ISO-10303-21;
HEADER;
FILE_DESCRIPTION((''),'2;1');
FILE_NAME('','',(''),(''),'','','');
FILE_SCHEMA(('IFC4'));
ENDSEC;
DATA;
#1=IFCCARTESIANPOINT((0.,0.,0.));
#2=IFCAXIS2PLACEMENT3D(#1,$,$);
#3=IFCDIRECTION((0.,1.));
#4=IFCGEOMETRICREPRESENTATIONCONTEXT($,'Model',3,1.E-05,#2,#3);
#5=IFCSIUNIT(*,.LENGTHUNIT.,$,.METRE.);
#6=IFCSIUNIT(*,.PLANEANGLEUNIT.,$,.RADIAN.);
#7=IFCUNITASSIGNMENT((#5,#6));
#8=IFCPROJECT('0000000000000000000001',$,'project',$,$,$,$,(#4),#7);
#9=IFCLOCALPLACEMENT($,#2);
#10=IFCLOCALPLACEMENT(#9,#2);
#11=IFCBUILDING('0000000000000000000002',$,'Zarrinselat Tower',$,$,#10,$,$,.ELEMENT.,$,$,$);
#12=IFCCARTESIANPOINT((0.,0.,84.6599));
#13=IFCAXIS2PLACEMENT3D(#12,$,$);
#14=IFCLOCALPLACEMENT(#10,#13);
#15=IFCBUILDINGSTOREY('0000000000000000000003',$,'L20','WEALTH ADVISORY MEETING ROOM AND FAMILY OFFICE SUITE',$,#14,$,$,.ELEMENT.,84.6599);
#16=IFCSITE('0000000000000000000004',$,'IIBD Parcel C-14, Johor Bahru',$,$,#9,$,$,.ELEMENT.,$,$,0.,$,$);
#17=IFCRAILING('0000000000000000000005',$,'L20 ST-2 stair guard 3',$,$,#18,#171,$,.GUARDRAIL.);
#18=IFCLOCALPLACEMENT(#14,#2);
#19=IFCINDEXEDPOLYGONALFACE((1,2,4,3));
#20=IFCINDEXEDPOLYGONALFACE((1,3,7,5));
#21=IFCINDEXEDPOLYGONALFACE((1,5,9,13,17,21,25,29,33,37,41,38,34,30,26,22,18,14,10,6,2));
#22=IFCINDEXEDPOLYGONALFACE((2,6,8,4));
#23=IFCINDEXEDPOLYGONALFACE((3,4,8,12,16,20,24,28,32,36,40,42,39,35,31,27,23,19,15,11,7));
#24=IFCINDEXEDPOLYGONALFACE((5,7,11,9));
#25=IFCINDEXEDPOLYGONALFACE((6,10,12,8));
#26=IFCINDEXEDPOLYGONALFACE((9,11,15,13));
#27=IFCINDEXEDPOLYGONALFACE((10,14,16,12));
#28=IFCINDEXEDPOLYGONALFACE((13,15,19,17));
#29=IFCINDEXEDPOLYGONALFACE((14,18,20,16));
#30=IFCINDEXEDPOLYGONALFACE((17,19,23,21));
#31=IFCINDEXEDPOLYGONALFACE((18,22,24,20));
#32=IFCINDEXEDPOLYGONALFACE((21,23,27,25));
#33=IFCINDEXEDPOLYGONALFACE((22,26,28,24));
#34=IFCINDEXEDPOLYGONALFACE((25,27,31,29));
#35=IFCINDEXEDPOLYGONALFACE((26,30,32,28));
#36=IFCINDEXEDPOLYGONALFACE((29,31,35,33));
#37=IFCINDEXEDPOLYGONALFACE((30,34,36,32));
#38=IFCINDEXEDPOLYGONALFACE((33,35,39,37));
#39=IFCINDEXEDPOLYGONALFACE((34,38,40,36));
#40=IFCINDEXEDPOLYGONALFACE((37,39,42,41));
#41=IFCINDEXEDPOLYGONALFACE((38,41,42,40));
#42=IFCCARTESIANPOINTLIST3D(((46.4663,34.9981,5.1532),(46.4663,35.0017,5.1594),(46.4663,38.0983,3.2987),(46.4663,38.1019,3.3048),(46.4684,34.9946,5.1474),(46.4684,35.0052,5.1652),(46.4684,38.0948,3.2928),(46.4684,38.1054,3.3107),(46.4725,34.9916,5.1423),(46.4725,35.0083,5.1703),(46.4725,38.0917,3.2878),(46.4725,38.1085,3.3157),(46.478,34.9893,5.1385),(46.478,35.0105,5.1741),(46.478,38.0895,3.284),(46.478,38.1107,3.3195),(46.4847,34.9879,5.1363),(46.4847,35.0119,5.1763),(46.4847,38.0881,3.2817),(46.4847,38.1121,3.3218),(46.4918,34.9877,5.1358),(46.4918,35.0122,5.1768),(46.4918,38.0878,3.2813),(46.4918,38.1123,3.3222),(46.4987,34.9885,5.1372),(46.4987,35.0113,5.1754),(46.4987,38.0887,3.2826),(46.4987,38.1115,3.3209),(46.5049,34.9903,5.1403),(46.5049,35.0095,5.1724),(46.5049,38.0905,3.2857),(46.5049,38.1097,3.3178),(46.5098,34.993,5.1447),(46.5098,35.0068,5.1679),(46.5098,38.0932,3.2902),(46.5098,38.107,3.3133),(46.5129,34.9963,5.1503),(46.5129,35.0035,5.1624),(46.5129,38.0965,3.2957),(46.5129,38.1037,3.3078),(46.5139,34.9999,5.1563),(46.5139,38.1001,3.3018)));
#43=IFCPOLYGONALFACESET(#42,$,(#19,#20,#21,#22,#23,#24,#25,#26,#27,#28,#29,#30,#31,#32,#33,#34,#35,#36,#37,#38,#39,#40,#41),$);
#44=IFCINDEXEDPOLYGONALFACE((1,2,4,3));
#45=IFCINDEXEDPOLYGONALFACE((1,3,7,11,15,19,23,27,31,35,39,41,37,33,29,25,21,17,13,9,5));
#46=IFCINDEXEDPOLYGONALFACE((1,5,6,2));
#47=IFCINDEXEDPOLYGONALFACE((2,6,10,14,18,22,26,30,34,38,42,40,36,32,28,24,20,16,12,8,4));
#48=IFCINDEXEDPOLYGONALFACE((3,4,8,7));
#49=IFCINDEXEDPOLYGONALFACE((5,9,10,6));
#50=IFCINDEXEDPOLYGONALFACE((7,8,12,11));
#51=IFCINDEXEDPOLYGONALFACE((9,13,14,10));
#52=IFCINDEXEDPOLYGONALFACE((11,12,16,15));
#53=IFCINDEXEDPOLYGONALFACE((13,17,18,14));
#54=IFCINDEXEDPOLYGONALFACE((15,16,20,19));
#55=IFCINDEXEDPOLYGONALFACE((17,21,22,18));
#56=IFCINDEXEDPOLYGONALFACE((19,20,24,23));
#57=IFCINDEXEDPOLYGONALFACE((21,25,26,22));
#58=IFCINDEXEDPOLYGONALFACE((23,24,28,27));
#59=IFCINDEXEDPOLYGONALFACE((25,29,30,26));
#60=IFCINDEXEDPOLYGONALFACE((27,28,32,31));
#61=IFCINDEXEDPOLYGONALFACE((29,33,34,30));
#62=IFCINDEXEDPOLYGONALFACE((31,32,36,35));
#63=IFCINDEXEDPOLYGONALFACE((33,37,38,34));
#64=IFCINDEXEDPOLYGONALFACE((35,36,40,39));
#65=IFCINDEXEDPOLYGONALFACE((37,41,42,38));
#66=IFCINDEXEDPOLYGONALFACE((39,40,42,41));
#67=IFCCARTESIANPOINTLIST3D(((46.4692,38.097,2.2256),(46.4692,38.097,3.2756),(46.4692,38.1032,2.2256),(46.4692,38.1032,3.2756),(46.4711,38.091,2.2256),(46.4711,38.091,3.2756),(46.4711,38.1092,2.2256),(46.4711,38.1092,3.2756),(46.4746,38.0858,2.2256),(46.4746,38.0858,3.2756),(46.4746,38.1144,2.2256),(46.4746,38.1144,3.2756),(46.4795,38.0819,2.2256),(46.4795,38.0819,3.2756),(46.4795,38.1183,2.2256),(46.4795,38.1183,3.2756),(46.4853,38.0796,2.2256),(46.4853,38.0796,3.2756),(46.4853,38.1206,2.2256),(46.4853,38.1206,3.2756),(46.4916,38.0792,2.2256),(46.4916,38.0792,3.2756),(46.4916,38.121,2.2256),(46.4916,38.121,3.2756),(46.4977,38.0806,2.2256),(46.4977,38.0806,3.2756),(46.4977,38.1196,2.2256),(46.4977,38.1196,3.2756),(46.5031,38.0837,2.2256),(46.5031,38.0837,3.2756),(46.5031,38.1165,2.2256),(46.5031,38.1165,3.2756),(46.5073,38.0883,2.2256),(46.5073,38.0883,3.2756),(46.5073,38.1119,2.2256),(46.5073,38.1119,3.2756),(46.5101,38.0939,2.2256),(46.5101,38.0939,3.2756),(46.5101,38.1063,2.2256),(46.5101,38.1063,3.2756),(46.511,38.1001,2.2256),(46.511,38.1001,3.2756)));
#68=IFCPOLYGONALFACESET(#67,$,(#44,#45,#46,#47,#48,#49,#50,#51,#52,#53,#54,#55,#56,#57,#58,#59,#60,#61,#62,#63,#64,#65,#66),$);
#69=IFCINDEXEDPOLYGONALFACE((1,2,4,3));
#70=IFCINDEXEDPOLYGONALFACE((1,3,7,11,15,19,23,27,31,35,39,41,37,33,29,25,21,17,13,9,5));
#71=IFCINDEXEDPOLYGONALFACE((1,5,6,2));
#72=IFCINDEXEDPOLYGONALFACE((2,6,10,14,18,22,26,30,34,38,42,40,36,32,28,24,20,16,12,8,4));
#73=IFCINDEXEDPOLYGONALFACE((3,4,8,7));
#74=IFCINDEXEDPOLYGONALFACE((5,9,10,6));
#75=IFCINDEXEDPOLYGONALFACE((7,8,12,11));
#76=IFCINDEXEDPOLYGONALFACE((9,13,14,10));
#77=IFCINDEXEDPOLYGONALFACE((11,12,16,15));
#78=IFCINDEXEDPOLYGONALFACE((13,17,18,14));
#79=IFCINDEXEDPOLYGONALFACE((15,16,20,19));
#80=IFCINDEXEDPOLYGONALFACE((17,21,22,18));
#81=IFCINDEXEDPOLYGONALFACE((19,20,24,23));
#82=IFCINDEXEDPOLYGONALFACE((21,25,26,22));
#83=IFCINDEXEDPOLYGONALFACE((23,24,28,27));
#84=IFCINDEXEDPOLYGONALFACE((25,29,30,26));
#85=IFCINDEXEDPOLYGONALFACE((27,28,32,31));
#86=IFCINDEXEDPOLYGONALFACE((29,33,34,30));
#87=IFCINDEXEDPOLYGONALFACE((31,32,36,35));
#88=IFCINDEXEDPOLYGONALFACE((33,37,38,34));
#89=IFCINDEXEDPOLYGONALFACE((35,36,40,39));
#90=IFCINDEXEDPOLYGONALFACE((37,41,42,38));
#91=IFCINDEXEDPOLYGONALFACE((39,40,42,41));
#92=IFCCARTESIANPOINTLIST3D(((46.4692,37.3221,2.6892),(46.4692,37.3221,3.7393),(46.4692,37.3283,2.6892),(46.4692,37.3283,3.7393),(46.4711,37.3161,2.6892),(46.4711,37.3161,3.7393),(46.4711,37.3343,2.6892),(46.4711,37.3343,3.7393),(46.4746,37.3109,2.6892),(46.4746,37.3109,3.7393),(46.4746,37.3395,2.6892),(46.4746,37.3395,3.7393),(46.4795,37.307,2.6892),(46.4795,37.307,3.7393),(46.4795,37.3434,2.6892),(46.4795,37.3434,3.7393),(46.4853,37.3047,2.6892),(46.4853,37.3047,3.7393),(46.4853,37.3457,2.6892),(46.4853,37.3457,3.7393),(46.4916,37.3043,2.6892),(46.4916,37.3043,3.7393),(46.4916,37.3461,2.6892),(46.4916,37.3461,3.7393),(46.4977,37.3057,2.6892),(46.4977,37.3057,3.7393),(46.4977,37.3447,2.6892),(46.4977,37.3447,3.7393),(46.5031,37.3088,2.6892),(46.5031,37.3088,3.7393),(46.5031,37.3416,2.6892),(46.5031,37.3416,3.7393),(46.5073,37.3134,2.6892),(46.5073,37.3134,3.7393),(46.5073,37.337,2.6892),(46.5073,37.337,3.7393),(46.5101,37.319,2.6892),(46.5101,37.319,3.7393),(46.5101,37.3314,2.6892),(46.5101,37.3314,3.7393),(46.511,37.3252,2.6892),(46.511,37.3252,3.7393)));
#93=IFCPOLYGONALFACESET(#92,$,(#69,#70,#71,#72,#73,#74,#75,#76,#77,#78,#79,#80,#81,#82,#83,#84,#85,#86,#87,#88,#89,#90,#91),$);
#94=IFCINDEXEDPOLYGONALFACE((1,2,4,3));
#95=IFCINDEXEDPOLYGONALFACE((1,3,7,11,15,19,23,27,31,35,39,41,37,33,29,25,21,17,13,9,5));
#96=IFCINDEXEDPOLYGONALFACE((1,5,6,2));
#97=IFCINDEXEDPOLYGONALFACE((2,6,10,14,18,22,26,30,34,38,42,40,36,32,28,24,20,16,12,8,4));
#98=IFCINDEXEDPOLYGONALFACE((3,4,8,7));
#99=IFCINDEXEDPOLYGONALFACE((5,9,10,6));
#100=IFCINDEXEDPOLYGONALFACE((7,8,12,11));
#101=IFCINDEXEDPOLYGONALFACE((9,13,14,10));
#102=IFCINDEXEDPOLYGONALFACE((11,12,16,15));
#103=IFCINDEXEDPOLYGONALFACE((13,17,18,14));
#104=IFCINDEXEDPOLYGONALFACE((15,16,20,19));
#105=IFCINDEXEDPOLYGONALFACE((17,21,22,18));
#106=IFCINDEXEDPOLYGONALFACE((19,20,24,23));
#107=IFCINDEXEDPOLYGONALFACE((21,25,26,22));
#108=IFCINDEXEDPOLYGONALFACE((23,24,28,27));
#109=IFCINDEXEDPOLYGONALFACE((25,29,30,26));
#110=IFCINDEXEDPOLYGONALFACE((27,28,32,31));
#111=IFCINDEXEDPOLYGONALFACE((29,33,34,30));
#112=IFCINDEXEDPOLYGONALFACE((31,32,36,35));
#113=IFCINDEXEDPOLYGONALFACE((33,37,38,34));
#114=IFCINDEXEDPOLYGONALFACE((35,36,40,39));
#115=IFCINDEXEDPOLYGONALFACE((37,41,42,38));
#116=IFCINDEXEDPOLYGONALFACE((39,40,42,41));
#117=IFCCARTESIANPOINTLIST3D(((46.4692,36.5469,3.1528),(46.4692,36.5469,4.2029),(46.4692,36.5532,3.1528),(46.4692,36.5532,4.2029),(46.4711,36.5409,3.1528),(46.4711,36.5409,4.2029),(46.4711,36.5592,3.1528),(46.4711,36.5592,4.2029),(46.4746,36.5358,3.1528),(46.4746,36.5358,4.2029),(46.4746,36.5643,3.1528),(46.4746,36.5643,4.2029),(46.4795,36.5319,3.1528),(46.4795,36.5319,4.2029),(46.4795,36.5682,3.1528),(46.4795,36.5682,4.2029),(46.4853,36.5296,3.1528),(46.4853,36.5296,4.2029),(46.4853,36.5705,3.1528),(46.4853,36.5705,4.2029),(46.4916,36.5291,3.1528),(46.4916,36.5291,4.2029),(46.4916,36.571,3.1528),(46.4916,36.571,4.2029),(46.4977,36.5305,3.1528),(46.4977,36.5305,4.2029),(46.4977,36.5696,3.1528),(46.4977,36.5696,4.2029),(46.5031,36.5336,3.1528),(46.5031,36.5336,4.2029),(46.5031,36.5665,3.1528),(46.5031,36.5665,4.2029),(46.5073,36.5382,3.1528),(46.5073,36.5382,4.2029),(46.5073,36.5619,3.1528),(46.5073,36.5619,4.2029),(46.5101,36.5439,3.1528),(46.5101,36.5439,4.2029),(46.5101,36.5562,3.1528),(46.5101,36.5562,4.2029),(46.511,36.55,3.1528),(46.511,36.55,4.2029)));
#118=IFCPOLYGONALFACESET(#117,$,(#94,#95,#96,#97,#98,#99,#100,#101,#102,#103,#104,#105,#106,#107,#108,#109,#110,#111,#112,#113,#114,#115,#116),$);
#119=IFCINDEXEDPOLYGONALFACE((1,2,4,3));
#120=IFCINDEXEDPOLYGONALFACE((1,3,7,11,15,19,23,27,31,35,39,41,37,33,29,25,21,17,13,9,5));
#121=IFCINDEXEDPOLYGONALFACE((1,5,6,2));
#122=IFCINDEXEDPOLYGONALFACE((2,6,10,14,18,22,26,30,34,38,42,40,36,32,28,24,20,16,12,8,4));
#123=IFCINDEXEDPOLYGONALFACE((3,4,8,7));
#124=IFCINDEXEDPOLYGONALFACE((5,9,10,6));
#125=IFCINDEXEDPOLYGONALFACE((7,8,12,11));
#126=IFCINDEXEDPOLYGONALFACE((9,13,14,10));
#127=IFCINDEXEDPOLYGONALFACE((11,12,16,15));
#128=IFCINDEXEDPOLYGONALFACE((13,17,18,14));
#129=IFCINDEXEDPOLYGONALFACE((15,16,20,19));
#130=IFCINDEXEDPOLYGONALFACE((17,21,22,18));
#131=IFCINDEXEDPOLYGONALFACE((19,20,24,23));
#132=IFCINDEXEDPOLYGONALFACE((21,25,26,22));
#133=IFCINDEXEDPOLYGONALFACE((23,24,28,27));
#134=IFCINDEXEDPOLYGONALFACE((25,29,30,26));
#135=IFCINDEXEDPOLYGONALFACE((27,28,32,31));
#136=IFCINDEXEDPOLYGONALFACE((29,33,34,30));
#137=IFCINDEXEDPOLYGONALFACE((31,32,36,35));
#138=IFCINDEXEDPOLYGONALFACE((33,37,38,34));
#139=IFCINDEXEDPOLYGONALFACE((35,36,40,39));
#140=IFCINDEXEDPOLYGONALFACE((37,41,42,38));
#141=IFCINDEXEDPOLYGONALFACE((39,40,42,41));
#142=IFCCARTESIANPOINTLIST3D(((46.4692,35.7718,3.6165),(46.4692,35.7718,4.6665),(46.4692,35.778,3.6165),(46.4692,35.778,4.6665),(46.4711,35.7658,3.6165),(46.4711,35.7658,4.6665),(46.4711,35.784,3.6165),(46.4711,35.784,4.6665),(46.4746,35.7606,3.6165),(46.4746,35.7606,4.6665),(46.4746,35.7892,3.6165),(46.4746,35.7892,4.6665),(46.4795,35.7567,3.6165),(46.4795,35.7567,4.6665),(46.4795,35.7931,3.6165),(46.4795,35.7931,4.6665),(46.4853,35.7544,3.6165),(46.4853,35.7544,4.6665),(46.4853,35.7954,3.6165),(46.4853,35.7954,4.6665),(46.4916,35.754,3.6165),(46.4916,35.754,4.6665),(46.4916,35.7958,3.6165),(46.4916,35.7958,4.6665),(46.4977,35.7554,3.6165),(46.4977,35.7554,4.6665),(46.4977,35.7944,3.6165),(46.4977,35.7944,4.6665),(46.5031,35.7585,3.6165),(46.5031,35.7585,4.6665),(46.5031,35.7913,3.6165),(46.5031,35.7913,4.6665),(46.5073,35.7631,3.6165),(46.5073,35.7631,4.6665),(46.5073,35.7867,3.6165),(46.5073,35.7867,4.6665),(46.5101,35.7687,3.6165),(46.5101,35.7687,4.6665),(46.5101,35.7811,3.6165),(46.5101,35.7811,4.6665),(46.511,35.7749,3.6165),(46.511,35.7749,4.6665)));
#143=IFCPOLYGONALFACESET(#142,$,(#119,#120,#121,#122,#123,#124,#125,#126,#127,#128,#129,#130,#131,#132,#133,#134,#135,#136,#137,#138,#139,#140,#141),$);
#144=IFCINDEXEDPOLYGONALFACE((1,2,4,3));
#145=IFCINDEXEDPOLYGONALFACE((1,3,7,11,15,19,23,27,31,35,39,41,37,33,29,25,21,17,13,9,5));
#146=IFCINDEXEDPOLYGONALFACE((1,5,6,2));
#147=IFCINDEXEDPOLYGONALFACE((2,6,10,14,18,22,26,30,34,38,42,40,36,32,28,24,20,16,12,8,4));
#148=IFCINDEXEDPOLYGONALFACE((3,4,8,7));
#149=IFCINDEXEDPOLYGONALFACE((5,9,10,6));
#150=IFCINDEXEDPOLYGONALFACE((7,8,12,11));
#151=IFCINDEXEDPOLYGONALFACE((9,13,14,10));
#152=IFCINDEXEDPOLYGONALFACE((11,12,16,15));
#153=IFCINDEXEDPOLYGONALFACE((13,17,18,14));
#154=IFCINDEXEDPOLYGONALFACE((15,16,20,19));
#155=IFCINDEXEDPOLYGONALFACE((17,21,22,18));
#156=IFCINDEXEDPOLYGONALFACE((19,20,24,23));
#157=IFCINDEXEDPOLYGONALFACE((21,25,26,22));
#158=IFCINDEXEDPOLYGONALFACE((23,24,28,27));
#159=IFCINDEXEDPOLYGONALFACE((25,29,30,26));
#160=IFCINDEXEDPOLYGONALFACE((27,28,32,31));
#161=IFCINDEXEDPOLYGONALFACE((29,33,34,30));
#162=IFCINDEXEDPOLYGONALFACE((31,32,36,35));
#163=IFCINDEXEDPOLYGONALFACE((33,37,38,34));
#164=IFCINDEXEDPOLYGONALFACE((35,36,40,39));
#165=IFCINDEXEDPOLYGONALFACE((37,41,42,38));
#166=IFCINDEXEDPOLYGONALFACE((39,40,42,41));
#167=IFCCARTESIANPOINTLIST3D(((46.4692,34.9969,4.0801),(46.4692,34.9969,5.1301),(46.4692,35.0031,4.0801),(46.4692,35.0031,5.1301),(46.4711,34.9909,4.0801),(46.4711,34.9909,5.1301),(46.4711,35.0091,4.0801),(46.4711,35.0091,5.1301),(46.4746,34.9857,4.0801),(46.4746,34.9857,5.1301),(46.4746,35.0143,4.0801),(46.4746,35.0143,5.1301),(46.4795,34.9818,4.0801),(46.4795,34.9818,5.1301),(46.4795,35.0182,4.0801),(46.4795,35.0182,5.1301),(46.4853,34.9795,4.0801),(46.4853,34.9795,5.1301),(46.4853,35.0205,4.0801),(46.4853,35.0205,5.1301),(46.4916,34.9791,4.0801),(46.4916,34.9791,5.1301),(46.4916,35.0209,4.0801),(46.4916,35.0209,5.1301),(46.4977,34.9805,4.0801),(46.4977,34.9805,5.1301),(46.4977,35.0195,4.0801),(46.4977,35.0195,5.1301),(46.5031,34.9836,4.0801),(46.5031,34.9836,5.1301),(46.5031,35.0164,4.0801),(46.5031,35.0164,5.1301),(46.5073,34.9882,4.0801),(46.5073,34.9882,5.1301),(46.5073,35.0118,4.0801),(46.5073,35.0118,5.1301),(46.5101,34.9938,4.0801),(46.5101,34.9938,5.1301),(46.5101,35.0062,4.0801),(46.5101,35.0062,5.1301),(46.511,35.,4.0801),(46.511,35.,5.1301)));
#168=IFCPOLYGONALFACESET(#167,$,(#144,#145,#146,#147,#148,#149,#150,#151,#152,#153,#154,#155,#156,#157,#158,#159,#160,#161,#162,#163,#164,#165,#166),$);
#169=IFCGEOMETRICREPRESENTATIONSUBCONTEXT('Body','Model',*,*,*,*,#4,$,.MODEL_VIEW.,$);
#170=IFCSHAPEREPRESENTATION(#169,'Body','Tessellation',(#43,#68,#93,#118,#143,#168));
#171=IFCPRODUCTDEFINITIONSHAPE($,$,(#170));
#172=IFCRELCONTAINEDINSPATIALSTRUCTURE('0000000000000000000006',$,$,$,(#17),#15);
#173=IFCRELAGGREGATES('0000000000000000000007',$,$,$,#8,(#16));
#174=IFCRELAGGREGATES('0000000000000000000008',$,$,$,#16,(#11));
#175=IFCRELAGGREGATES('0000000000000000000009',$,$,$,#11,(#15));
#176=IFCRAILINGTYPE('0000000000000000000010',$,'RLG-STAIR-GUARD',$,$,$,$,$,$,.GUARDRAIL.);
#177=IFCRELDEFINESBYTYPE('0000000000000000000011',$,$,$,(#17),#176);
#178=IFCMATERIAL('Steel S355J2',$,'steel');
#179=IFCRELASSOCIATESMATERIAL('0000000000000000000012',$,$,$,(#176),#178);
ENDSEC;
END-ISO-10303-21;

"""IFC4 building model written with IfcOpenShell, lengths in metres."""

from ifc_helpers import new_model, si_unit, direction, frame, origin, origin_2d, place, context, subcontext, project, spatial, circle, extrude, material, type_object, element, save


model = new_model("IFC4")

# Units and contexts
model_context = context("Model", 3, precision=1e-05, world=origin(), true_north=direction((0.0, 1.0)))
body_context = subcontext(model_context, "Body", "Model", "MODEL_VIEW")
ifc_project = project(units=[si_unit("LENGTHUNIT", "METRE"), si_unit("PLANEANGLEUNIT", "RADIAN")], contexts=[model_context])

# Site, building, storey
site_placement = place(None, origin())
site = spatial("IfcSite", under=ifc_project, at=site_placement, Name="IIBD Parcel C-14, Johor Bahru", CompositionType="ELEMENT", RefElevation=0.0)
building_placement = place(site_placement, origin())
building = spatial("IfcBuilding", under=site, at=building_placement, Name="Zarrinselat Tower", CompositionType="ELEMENT")
storey_placement = place(building_placement, frame((0.0, 0.0, 84.6599)))
storey = spatial("IfcBuildingStorey", under=building, at=storey_placement, Name="L20", Description="WEALTH ADVISORY MEETING ROOM AND FAMILY OFFICE SUITE", CompositionType="ELEMENT", Elevation=84.6599)

# Railing
ifc_material_1 = material(Name="Steel S355J2", Category="steel")
railing_type_1 = type_object("IfcRailingType", Name="RLG-STAIR-GUARD", PredefinedType="GUARDRAIL", material=ifc_material_1)
railing_1_placement = place(storey_placement, frame((46.49, 38.1001, 2.2256)))
element("IfcRailing", 1, at=railing_1_placement, inside=storey, type_object=railing_type_1, Name="L20 ST-2 stair guard 3", PredefinedType="GUARDRAIL", context=body_context, shape_type="SweptSolid", body=[
    extrude(circle(Radius=0.0239, at=origin_2d()), frame((0.0, 0.0, 1.0762), z_axis=(0.0, -0.858172, 0.513362), x_axis=(1.0, 0.0, 0.0)), (0.0, 0.0, 1.0), 3.6125),
    extrude(circle(Radius=0.021, at=origin_2d()), origin(), (0.0, 0.0, 1.0), 1.05),
    extrude(circle(Radius=0.021, at=origin_2d()), frame((0.0, -0.7749, 0.4636)), (0.0, 0.0, 1.0), 1.05),
    extrude(circle(Radius=0.021, at=origin_2d()), frame((0.0, -1.55, 0.9272)), (0.0, 0.0, 1.0), 1.05),
    extrude(circle(Radius=0.021, at=origin_2d()), frame((0.0, -2.3252, 1.3909)), (0.0, 0.0, 1.0), 1.05),
    extrude(circle(Radius=0.021, at=origin_2d()), frame((0.0, -3.1001, 1.8545)), (0.0, 0.0, 1.0), 1.05),
])

save(model, "model.ifc")
